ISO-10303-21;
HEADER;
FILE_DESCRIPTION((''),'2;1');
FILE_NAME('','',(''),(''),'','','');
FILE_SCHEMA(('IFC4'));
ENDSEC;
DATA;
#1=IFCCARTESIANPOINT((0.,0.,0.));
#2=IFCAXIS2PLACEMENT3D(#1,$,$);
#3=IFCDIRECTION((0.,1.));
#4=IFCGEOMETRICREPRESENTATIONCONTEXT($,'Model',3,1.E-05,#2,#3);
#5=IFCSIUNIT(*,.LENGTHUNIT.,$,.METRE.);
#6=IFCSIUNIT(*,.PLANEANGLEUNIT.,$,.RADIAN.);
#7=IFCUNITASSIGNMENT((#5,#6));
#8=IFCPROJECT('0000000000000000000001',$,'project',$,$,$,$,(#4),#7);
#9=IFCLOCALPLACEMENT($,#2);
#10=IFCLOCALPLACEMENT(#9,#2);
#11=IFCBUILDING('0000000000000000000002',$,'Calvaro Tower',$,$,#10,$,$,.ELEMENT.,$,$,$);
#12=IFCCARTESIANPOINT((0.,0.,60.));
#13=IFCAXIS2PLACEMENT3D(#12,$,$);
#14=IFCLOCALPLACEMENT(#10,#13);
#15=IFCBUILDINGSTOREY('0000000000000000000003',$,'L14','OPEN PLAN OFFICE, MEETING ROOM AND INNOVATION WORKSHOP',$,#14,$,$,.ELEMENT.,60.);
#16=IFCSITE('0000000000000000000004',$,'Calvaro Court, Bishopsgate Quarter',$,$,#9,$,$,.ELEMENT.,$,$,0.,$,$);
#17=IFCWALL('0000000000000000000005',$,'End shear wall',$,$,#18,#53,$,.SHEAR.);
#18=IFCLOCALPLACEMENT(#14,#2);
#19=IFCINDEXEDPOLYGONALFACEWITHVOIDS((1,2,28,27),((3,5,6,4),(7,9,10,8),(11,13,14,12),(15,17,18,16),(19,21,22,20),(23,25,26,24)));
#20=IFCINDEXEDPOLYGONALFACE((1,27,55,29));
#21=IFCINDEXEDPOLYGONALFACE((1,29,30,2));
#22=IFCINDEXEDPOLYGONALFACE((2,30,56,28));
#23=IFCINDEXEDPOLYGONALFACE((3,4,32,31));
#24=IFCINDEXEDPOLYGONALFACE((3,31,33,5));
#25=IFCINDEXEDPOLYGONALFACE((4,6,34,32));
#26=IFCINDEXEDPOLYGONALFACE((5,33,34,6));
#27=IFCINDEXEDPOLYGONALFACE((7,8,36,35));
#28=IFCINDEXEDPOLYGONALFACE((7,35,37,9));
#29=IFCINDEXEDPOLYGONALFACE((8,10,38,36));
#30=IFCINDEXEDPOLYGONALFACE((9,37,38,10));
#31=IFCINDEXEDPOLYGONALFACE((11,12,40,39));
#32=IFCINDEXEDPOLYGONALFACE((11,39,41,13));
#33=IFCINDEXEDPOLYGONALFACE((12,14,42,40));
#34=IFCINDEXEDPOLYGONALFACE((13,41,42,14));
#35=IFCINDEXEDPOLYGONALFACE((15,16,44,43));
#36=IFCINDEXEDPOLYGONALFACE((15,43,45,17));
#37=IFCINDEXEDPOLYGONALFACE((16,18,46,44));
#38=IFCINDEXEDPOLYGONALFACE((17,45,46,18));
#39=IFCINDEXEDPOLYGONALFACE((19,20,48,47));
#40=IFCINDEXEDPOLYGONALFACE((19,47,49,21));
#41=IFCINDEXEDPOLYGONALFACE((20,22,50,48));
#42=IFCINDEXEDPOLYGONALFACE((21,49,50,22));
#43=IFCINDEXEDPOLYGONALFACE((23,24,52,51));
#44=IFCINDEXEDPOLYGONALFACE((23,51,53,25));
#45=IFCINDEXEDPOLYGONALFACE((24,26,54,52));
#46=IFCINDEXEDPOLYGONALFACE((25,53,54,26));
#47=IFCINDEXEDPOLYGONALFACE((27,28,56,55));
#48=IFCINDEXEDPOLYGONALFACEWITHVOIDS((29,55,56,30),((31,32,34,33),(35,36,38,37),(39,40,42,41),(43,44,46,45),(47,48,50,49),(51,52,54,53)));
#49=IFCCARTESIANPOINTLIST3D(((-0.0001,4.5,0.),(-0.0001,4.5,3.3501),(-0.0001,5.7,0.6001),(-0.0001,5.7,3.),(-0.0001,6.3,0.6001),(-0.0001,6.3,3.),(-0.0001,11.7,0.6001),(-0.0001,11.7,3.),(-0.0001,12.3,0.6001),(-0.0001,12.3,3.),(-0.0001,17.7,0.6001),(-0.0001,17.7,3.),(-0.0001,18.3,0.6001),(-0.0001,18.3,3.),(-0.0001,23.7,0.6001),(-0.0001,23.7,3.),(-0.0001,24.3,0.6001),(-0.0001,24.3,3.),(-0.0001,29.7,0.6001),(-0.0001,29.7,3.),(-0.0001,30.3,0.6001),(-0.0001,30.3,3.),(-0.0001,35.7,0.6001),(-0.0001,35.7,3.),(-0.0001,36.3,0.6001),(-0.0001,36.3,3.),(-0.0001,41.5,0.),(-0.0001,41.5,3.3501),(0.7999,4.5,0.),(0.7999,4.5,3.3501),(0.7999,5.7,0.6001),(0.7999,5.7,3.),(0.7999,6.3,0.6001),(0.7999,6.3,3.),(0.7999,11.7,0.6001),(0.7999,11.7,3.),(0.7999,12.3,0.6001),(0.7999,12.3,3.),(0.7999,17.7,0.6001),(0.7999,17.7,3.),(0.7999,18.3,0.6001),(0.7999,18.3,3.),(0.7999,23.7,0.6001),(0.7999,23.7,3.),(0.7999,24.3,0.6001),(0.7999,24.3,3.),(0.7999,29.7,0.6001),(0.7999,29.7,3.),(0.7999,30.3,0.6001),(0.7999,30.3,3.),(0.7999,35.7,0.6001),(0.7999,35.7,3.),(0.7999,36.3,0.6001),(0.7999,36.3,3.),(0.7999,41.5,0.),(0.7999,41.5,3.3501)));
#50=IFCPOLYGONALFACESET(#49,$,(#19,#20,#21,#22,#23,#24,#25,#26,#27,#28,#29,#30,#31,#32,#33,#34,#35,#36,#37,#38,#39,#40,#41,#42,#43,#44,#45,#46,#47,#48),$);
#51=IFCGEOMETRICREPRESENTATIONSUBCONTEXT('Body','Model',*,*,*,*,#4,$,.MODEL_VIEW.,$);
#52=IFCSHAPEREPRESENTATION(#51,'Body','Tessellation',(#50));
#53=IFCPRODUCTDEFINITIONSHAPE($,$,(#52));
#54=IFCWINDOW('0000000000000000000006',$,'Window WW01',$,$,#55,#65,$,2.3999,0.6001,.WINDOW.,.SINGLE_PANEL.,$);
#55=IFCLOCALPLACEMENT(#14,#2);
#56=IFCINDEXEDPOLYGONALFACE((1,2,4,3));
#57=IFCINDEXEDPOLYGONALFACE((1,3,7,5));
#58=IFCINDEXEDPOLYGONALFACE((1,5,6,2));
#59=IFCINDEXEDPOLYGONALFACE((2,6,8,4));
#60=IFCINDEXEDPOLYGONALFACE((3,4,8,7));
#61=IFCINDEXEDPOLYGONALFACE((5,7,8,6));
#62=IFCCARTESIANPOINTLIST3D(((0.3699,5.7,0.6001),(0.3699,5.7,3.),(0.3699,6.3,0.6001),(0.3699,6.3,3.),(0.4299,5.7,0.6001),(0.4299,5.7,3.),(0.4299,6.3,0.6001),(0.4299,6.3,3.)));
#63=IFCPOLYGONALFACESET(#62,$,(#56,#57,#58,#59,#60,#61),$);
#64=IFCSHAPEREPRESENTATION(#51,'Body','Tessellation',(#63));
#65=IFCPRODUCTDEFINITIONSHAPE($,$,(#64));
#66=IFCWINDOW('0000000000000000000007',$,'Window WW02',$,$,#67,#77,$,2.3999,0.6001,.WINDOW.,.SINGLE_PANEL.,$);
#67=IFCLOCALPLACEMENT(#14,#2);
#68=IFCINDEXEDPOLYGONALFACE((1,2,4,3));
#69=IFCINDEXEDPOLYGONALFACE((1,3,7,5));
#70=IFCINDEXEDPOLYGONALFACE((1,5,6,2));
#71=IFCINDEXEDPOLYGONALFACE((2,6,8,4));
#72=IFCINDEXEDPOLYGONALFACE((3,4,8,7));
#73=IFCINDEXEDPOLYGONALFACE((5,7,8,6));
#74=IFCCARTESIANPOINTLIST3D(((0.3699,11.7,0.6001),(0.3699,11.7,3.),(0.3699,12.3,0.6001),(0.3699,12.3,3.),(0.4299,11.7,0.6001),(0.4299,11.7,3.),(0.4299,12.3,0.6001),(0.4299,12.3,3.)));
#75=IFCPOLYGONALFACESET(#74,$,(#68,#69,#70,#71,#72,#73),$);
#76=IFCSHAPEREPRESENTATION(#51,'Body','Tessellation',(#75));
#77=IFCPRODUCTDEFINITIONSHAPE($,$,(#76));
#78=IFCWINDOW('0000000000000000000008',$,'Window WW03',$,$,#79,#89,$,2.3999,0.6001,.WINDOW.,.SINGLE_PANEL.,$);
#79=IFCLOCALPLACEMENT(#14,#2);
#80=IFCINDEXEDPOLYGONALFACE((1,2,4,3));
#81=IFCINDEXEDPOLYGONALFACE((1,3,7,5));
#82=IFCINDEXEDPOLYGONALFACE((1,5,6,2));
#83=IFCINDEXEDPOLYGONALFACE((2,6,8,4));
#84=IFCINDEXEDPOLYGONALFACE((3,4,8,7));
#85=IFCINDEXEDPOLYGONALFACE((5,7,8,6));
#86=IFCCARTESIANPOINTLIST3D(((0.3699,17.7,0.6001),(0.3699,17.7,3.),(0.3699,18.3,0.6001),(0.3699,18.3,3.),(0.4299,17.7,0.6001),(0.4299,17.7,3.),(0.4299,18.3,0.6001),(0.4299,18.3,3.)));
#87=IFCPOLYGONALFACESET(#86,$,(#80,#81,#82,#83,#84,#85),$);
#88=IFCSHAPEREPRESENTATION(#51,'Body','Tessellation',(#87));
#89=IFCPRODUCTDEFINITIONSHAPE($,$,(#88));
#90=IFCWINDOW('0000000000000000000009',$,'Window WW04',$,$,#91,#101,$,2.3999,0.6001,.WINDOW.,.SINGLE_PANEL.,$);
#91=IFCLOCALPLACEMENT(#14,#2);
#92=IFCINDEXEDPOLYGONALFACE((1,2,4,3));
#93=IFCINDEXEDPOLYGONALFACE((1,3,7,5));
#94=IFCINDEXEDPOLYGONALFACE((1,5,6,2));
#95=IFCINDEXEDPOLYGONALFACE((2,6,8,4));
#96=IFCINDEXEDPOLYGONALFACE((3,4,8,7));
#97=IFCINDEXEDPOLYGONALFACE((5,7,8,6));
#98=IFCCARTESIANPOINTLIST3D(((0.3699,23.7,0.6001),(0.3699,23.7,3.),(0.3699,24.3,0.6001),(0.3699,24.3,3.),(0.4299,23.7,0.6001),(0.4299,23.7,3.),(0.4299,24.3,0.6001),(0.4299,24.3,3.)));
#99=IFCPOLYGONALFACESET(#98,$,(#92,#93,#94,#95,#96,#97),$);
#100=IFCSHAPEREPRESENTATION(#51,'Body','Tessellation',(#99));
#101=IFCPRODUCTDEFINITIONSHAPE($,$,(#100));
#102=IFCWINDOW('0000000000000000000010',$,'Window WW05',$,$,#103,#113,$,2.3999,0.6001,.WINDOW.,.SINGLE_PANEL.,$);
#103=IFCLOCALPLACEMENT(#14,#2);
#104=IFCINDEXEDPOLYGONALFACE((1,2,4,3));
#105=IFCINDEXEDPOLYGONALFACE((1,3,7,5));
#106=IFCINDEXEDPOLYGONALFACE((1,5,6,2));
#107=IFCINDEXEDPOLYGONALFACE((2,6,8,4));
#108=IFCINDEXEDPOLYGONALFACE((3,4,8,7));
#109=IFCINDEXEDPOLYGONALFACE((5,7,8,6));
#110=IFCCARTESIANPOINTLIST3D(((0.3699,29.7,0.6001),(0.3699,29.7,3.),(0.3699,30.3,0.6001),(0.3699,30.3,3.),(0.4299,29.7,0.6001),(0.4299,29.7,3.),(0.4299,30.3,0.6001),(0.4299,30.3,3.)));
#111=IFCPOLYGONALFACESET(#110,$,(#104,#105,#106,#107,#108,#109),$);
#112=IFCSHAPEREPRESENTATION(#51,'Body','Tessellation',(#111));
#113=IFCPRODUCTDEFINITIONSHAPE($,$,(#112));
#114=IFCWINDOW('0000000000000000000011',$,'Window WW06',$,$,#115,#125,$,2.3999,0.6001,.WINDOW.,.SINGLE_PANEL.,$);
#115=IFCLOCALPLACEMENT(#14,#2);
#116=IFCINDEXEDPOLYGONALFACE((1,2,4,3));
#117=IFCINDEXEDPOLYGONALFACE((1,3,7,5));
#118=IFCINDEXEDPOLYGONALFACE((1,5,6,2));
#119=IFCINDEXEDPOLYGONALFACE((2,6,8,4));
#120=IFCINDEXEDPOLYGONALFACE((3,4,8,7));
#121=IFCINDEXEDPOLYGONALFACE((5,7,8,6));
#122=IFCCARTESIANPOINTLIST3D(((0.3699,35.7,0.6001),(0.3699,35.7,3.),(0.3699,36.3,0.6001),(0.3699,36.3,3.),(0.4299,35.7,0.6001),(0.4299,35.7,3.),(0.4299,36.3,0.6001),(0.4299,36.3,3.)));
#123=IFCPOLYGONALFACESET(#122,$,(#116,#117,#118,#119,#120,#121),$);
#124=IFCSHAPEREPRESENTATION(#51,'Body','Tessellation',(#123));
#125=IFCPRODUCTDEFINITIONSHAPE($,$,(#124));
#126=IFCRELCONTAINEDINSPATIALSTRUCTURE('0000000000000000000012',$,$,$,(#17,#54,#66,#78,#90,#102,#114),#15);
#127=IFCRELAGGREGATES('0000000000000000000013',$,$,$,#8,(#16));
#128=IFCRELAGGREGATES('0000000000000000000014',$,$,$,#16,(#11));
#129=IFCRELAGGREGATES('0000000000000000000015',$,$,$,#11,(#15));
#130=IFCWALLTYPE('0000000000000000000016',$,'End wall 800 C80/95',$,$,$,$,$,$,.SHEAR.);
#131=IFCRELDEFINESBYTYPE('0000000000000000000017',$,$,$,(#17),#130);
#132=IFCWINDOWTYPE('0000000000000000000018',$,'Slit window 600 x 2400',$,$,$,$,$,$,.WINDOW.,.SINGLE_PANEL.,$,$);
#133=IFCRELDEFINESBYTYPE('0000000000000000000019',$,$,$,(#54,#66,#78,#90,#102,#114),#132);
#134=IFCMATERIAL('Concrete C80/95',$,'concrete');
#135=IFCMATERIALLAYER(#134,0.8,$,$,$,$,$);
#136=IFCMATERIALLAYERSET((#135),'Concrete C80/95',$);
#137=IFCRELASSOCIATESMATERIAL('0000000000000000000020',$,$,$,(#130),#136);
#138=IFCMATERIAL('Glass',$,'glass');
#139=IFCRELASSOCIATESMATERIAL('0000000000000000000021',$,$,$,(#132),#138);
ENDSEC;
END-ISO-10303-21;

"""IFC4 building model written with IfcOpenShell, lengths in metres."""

from ifc_helpers import new_model, si_unit, direction, frame, frame_2d, origin, place, context, subcontext, project, spatial, rectangle, extrude, material, layer, layer_set, type_object, element, fill, save


model = new_model("IFC4")

# Units and contexts
model_context = context("Model", 3, precision=1e-05, world=origin(), true_north=direction((0.0, 1.0)))
body_context = subcontext(model_context, "Body", "Model", "MODEL_VIEW")
ifc_project = project(units=[si_unit("LENGTHUNIT", "METRE"), si_unit("PLANEANGLEUNIT", "RADIAN")], contexts=[model_context])

# Site, building, storey
site_placement = place(None, origin())
site = spatial("IfcSite", under=ifc_project, at=site_placement, Name="Calvaro Court, Bishopsgate Quarter", CompositionType="ELEMENT", RefElevation=0.0)
building_placement = place(site_placement, origin())
building = spatial("IfcBuilding", under=site, at=building_placement, Name="Calvaro Tower", CompositionType="ELEMENT")
storey_placement = place(building_placement, frame((0.0, 0.0, 60.0)))
storey = spatial("IfcBuildingStorey", under=building, at=storey_placement, Name="L14", Description="OPEN PLAN OFFICE, MEETING ROOM AND INNOVATION WORKSHOP", CompositionType="ELEMENT", Elevation=60.0)

# Wall, openings, windows
ifc_material_1 = material(Name="Concrete C80/95", Category="concrete")
ifc_layer_1 = layer(ifc_material_1, 0.8)
ifc_layer_set_1 = layer_set([ifc_layer_1], Name="Concrete C80/95")
wall_type = type_object("IfcWallType", Name="End wall 800 C80/95", PredefinedType="SHEAR", material=ifc_layer_set_1)
wall_placement = place(storey_placement, frame((0.3999, 4.5, 0.0), z_axis=(0.0, 0.0, 1.0), x_axis=(0.0, 1.0, 0.0)))
wall = element("IfcWall", 1, at=wall_placement, inside=storey, type_object=wall_type, Name="End shear wall", PredefinedType="SHEAR", context=body_context, shape_type="SweptSolid", body=[
    extrude(rectangle(XDim=37.0, YDim=0.8, at=frame_2d((18.5, 0.0))), origin(), (0.0, 0.0, 1.0), 3.3501),
])
opening_1_placement = place(wall_placement, frame((1.2, 0.0, 0.6001)))
opening_1 = element("IfcOpeningElement", 2, at=opening_1_placement, cuts=wall, PredefinedType="OPENING", context=body_context, shape_type="SweptSolid", body=[
    extrude(rectangle(XDim=0.6001, YDim=2.3999, at=frame_2d((0.3, 1.2))), frame((0.0, 0.4099, 0.0), z_axis=(0.0, -1.0, 0.0), x_axis=(1.0, 0.0, 0.0)), (0.0, 0.0, 1.0), 0.8201),
])
opening_2_placement = place(wall_placement, frame((7.2, 0.0, 0.6001)))
opening_2 = element("IfcOpeningElement", 3, at=opening_2_placement, cuts=wall, PredefinedType="OPENING", context=body_context, shape_type="SweptSolid", body=[
    extrude(rectangle(XDim=0.6001, YDim=2.3999, at=frame_2d((0.3, 1.2))), frame((0.0, 0.4099, 0.0), z_axis=(0.0, -1.0, 0.0), x_axis=(1.0, 0.0, 0.0)), (0.0, 0.0, 1.0), 0.8201),
])
opening_3_placement = place(wall_placement, frame((13.2, 0.0, 0.6001)))
opening_3 = element("IfcOpeningElement", 4, at=opening_3_placement, cuts=wall, PredefinedType="OPENING", context=body_context, shape_type="SweptSolid", body=[
    extrude(rectangle(XDim=0.6001, YDim=2.3999, at=frame_2d((0.3, 1.2))), frame((0.0, 0.4099, 0.0), z_axis=(0.0, -1.0, 0.0), x_axis=(1.0, 0.0, 0.0)), (0.0, 0.0, 1.0), 0.8201),
])
opening_4_placement = place(wall_placement, frame((19.2, 0.0, 0.6001)))
opening_4 = element("IfcOpeningElement", 5, at=opening_4_placement, cuts=wall, PredefinedType="OPENING", context=body_context, shape_type="SweptSolid", body=[
    extrude(rectangle(XDim=0.6001, YDim=2.3999, at=frame_2d((0.3, 1.2))), frame((0.0, 0.4099, 0.0), z_axis=(0.0, -1.0, 0.0), x_axis=(1.0, 0.0, 0.0)), (0.0, 0.0, 1.0), 0.8201),
])
opening_5_placement = place(wall_placement, frame((25.2, 0.0, 0.6001)))
opening_5 = element("IfcOpeningElement", 6, at=opening_5_placement, cuts=wall, PredefinedType="OPENING", context=body_context, shape_type="SweptSolid", body=[
    extrude(rectangle(XDim=0.6001, YDim=2.3999, at=frame_2d((0.3, 1.2))), frame((0.0, 0.4099, 0.0), z_axis=(0.0, -1.0, 0.0), x_axis=(1.0, 0.0, 0.0)), (0.0, 0.0, 1.0), 0.8201),
])
opening_6_placement = place(wall_placement, frame((31.2, 0.0, 0.6001)))
opening_6 = element("IfcOpeningElement", 7, at=opening_6_placement, cuts=wall, PredefinedType="OPENING", context=body_context, shape_type="SweptSolid", body=[
    extrude(rectangle(XDim=0.6001, YDim=2.3999, at=frame_2d((0.3, 1.2))), frame((0.0, 0.4099, 0.0), z_axis=(0.0, -1.0, 0.0), x_axis=(1.0, 0.0, 0.0)), (0.0, 0.0, 1.0), 0.8201),
])
ifc_material_2 = material(Name="Glass", Category="glass")
window_type = type_object("IfcWindowType", Name="Slit window 600 x 2400", PartitioningType="SINGLE_PANEL", PredefinedType="WINDOW", material=ifc_material_2)
window_1_placement = place(opening_1_placement, origin())
window_1 = element("IfcWindow", 8, at=window_1_placement, inside=storey, type_object=window_type, Name="Window WW01", OverallHeight=2.3999, OverallWidth=0.6001, PartitioningType="SINGLE_PANEL", PredefinedType="WINDOW", context=body_context, shape_type="SweptSolid", body=[
    extrude(rectangle(XDim=0.6001, YDim=2.3999, at=frame_2d((0.3, 1.2))), frame((0.0, 0.03, 0.0), z_axis=(0.0, -1.0, 0.0), x_axis=(1.0, 0.0, 0.0)), (0.0, 0.0, 1.0), 0.0601),
])
fill(opening_1, window_1)
window_2_placement = place(opening_2_placement, origin())
window_2 = element("IfcWindow", 9, at=window_2_placement, inside=storey, type_object=window_type, Name="Window WW02", OverallHeight=2.3999, OverallWidth=0.6001, PartitioningType="SINGLE_PANEL", PredefinedType="WINDOW", context=body_context, shape_type="SweptSolid", body=[
    extrude(rectangle(XDim=0.6001, YDim=2.3999, at=frame_2d((0.3, 1.2))), frame((0.0, 0.03, 0.0), z_axis=(0.0, -1.0, 0.0), x_axis=(1.0, 0.0, 0.0)), (0.0, 0.0, 1.0), 0.0601),
])
fill(opening_2, window_2)
window_3_placement = place(opening_3_placement, origin())
window_3 = element("IfcWindow", 10, at=window_3_placement, inside=storey, type_object=window_type, Name="Window WW03", OverallHeight=2.3999, OverallWidth=0.6001, PartitioningType="SINGLE_PANEL", PredefinedType="WINDOW", context=body_context, shape_type="SweptSolid", body=[
    extrude(rectangle(XDim=0.6001, YDim=2.3999, at=frame_2d((0.3, 1.2))), frame((0.0, 0.03, 0.0), z_axis=(0.0, -1.0, 0.0), x_axis=(1.0, 0.0, 0.0)), (0.0, 0.0, 1.0), 0.0601),
])
fill(opening_3, window_3)
window_4_placement = place(opening_4_placement, origin())
window_4 = element("IfcWindow", 11, at=window_4_placement, inside=storey, type_object=window_type, Name="Window WW04", OverallHeight=2.3999, OverallWidth=0.6001, PartitioningType="SINGLE_PANEL", PredefinedType="WINDOW", context=body_context, shape_type="SweptSolid", body=[
    extrude(rectangle(XDim=0.6001, YDim=2.3999, at=frame_2d((0.3, 1.2))), frame((0.0, 0.03, 0.0), z_axis=(0.0, -1.0, 0.0), x_axis=(1.0, 0.0, 0.0)), (0.0, 0.0, 1.0), 0.0601),
])
fill(opening_4, window_4)
window_5_placement = place(opening_5_placement, origin())
window_5 = element("IfcWindow", 12, at=window_5_placement, inside=storey, type_object=window_type, Name="Window WW05", OverallHeight=2.3999, OverallWidth=0.6001, PartitioningType="SINGLE_PANEL", PredefinedType="WINDOW", context=body_context, shape_type="SweptSolid", body=[
    extrude(rectangle(XDim=0.6001, YDim=2.3999, at=frame_2d((0.3, 1.2))), frame((0.0, 0.03, 0.0), z_axis=(0.0, -1.0, 0.0), x_axis=(1.0, 0.0, 0.0)), (0.0, 0.0, 1.0), 0.0601),
])
fill(opening_5, window_5)
window_6_placement = place(opening_6_placement, origin())
window_6 = element("IfcWindow", 13, at=window_6_placement, inside=storey, type_object=window_type, Name="Window WW06", OverallHeight=2.3999, OverallWidth=0.6001, PartitioningType="SINGLE_PANEL", PredefinedType="WINDOW", context=body_context, shape_type="SweptSolid", body=[
    extrude(rectangle(XDim=0.6001, YDim=2.3999, at=frame_2d((0.3, 1.2))), frame((0.0, 0.03, 0.0), z_axis=(0.0, -1.0, 0.0), x_axis=(1.0, 0.0, 0.0)), (0.0, 0.0, 1.0), 0.0601),
])
fill(opening_6, window_6)

save(model, "model.ifc")
